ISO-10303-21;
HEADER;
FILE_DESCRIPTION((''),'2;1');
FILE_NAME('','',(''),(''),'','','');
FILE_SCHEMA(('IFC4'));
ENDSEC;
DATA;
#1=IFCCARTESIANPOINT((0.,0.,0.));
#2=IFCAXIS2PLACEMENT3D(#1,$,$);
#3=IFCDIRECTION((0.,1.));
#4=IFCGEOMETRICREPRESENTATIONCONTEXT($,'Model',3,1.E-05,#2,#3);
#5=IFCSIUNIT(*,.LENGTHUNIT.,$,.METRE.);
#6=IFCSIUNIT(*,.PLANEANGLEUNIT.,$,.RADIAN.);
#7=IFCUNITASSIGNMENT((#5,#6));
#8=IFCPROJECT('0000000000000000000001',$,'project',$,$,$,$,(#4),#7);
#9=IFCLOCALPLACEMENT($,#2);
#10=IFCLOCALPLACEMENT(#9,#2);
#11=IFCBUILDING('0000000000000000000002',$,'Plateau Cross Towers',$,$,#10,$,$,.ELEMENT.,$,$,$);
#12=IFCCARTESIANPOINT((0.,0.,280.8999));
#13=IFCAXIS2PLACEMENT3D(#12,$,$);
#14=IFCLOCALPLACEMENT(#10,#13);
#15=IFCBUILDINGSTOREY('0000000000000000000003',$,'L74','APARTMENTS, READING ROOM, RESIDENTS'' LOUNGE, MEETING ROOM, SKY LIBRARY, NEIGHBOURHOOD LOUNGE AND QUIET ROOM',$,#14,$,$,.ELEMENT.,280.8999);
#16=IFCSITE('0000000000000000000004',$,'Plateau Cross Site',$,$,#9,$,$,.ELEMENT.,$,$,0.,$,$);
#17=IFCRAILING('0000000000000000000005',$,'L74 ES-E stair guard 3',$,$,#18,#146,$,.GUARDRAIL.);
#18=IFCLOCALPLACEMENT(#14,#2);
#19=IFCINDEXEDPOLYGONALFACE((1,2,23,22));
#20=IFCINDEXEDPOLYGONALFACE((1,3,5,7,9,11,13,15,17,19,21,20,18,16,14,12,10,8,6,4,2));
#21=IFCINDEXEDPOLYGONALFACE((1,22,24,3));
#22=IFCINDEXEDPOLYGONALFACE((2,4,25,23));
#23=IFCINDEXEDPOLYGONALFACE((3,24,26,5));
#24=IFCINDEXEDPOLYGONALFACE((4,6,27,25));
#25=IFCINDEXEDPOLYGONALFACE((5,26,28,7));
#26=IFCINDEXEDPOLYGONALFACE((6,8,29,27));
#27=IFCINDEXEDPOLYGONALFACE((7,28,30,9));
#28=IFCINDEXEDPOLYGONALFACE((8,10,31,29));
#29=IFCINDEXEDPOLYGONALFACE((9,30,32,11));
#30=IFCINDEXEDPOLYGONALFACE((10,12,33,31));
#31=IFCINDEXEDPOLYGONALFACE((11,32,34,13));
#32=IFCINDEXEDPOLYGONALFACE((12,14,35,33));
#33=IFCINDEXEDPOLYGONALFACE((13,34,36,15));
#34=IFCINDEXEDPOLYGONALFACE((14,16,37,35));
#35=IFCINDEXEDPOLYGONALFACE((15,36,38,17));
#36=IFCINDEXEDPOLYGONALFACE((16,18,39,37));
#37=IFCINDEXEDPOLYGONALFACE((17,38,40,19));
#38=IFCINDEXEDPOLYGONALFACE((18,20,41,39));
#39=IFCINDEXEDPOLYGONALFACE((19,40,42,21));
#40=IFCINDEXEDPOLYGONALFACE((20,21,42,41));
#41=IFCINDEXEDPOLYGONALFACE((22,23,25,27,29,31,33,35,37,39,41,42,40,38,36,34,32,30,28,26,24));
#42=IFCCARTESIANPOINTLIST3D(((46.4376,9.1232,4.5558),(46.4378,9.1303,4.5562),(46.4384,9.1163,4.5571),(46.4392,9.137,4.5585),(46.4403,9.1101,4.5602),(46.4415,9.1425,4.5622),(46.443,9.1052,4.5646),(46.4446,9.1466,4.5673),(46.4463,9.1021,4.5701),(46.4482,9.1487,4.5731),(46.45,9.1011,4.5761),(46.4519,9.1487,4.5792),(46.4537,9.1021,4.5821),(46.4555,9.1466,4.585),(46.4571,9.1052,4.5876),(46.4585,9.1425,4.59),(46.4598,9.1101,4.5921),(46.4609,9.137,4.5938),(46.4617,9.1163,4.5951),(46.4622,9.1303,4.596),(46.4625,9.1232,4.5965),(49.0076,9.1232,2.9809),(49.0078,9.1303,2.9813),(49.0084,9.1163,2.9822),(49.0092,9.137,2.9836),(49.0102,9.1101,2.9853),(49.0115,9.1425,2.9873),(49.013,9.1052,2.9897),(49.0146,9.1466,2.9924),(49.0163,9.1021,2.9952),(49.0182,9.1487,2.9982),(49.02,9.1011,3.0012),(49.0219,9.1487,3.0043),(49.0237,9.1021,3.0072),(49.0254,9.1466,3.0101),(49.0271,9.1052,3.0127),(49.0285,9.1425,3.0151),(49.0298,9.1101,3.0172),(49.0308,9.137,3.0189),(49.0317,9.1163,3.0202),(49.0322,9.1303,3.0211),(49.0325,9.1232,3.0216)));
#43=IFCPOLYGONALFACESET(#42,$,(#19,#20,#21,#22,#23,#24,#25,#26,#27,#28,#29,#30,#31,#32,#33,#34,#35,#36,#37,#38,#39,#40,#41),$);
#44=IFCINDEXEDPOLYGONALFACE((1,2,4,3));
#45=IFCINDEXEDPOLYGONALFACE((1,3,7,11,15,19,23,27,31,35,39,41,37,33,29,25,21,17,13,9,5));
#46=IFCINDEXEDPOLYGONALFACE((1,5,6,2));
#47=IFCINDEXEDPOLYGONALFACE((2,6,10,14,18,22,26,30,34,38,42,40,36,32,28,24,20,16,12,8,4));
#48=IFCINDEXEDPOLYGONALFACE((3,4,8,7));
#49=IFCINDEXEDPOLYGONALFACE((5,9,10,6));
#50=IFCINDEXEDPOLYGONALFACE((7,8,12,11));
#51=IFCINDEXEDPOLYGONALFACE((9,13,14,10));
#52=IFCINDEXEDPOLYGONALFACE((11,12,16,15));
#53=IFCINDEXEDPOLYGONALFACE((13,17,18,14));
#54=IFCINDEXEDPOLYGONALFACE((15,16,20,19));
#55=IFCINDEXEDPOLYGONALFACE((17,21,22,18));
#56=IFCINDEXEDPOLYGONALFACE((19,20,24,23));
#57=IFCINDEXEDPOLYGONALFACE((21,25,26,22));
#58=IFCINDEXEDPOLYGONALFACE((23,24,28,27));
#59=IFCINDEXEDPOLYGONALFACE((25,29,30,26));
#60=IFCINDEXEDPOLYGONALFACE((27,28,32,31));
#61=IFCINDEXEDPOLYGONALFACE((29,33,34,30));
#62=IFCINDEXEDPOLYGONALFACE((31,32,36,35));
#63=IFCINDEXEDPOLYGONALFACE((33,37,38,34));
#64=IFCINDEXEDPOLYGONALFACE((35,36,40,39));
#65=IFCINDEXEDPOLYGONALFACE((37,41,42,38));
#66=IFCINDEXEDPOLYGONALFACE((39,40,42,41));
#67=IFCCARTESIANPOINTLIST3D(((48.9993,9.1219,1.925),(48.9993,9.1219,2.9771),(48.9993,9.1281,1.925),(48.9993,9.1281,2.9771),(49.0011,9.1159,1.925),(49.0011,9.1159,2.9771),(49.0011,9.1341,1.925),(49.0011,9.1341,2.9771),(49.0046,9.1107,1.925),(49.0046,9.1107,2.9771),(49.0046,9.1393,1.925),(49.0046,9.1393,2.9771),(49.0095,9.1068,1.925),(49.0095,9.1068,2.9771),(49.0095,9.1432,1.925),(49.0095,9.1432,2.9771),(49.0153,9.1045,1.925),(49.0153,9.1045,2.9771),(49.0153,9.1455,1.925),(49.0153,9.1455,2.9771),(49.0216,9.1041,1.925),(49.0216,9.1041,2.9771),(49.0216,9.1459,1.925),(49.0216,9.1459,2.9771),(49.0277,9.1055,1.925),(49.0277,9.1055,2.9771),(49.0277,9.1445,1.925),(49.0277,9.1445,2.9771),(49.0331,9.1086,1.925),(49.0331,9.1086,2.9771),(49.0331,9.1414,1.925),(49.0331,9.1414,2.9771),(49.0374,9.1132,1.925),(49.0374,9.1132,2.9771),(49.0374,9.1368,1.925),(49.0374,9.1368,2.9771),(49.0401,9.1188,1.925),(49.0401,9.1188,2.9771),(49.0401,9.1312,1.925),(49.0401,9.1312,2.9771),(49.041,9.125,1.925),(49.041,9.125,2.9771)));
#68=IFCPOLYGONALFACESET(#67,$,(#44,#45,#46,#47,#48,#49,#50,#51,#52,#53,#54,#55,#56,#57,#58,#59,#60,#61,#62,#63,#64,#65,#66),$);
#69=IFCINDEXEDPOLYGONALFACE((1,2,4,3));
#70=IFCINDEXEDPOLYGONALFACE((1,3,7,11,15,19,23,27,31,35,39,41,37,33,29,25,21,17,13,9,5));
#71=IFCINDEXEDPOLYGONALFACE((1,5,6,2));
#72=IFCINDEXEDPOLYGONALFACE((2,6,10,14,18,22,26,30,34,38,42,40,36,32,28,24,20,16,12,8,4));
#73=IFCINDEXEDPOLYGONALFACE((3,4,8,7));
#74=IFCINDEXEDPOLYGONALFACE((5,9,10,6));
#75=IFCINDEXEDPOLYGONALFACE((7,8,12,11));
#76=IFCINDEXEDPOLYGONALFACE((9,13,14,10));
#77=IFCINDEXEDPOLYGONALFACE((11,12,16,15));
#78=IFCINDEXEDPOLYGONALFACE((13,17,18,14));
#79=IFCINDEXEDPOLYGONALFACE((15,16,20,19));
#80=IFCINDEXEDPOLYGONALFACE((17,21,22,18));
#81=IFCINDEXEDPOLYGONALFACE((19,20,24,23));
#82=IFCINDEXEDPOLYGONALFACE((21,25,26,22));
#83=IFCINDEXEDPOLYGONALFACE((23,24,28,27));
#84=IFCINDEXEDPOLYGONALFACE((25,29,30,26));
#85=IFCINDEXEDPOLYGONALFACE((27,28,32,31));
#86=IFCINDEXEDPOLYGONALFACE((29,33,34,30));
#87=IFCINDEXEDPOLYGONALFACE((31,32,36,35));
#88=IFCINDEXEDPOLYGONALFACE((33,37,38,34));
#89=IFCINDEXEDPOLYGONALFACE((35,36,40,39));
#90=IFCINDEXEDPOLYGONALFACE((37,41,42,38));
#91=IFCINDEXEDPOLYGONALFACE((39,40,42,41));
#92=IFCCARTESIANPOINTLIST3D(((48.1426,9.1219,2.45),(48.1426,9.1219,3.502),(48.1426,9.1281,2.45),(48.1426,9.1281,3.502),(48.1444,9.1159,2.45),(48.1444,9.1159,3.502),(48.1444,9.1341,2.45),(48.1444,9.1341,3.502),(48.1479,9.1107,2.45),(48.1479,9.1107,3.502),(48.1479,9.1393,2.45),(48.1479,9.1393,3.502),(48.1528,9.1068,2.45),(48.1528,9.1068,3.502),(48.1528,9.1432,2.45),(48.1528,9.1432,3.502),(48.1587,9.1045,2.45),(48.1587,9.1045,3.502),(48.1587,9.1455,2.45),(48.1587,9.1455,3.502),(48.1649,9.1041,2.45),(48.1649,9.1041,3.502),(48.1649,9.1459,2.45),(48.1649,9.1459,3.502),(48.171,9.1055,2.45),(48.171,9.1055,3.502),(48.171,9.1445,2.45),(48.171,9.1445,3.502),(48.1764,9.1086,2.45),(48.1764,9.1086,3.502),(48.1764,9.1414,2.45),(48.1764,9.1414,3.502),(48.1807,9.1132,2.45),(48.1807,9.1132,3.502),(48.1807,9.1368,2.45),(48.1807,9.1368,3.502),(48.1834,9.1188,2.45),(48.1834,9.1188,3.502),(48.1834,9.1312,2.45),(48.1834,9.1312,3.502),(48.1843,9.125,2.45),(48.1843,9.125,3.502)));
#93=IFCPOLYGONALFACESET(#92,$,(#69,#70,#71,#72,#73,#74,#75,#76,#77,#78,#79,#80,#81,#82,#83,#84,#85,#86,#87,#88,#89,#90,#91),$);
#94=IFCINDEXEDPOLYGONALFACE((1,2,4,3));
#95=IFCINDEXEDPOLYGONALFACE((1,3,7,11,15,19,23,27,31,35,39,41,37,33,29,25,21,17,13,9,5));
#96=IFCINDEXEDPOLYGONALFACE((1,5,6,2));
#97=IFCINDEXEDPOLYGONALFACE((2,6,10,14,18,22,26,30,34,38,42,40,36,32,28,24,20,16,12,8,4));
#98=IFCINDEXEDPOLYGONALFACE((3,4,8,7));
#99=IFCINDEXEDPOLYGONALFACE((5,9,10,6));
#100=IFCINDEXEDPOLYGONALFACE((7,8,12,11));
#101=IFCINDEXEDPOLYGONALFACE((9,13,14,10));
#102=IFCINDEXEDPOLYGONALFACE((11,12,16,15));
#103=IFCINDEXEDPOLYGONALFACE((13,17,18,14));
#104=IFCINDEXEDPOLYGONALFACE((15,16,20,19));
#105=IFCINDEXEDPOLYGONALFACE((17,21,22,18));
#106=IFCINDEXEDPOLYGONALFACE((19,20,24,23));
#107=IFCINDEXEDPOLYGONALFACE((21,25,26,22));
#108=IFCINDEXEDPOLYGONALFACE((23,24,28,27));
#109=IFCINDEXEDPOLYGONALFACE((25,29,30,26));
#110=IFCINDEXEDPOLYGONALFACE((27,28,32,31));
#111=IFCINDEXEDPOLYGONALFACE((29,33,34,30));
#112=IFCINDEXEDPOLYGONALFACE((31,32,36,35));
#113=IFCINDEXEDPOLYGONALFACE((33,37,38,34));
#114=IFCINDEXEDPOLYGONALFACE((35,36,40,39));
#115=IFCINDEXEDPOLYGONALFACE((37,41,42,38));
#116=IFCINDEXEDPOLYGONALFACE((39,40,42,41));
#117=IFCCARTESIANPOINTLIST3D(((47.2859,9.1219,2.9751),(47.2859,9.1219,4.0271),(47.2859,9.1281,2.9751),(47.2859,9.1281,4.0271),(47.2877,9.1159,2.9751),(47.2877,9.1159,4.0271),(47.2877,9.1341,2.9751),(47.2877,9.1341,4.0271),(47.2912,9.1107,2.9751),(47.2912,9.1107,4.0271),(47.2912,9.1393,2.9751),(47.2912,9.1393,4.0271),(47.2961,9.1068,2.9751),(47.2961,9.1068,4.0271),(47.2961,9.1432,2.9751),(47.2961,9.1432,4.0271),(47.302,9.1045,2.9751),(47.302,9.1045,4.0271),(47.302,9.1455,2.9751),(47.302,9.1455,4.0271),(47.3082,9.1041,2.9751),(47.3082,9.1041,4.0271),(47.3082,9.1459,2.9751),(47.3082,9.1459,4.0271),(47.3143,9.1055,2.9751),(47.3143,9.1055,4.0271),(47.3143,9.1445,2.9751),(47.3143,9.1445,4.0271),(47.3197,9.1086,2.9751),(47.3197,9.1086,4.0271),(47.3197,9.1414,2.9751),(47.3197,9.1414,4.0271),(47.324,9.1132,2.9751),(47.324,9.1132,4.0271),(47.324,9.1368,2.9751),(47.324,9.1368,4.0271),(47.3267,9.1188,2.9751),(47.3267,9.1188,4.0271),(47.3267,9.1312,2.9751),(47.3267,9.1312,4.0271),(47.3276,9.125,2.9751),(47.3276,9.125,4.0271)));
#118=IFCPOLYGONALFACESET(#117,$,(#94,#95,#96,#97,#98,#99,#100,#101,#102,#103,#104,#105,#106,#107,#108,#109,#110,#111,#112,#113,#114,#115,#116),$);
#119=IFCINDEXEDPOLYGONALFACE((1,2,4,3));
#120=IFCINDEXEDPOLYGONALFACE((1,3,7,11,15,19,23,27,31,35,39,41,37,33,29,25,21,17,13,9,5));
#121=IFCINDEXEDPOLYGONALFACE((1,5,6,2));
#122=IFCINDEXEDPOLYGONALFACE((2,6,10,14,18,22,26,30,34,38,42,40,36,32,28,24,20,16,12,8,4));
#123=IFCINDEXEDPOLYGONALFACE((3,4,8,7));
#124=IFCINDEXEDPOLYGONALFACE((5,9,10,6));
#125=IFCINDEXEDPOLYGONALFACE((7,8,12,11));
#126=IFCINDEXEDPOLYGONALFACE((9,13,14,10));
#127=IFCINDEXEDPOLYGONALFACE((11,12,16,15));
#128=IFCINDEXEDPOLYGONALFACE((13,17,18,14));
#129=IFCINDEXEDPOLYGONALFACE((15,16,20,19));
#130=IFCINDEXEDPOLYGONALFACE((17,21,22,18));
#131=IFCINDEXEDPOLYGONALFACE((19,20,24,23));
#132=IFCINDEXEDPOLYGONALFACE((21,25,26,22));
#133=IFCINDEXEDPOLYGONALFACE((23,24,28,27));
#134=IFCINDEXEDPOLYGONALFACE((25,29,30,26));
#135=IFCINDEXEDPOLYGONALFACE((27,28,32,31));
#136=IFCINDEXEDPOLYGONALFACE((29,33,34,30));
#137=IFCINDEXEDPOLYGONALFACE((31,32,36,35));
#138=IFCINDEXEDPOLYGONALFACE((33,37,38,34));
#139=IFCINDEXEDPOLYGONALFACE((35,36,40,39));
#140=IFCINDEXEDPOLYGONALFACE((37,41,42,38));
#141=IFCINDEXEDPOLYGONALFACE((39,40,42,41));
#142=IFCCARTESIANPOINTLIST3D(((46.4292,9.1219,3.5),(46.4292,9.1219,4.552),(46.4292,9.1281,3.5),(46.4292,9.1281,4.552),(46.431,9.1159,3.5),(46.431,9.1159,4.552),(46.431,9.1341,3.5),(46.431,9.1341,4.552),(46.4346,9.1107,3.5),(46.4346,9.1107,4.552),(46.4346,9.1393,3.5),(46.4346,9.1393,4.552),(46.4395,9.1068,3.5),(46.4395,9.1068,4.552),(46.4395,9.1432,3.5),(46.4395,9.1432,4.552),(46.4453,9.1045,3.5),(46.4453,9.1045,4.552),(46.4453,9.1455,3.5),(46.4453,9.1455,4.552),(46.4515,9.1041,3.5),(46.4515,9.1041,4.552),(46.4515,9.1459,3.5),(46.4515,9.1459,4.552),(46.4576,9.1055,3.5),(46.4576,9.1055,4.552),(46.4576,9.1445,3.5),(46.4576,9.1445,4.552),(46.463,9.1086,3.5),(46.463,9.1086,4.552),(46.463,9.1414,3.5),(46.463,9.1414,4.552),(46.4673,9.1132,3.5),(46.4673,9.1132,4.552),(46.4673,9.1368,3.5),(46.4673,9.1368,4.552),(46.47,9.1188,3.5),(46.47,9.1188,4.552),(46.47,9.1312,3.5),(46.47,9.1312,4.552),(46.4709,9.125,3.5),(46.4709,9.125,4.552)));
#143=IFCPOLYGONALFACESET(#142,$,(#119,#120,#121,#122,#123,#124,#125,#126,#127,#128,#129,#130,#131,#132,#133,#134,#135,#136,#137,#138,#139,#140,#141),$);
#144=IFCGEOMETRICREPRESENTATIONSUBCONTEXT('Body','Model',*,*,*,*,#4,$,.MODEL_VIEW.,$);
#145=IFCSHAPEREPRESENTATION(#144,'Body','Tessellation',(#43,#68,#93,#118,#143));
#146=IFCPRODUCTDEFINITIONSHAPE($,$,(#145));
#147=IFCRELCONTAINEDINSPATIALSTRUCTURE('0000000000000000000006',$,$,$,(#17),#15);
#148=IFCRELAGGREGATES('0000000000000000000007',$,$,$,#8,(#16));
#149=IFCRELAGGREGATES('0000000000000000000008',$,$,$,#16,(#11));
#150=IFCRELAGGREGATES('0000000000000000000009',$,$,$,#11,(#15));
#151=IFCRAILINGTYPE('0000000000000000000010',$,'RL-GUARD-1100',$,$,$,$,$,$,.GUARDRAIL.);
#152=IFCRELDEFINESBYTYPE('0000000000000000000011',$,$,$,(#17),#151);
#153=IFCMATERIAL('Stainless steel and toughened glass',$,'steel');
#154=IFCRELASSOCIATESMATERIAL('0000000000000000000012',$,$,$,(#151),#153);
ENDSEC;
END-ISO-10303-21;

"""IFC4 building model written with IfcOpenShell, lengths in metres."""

from ifc_helpers import new_model, si_unit, direction, frame, origin, origin_2d, place, context, subcontext, project, spatial, circle, extrude, material, type_object, element, save


model = new_model("IFC4")

# Units and contexts
model_context = context("Model", 3, precision=1e-05, world=origin(), true_north=direction((0.0, 1.0)))
body_context = subcontext(model_context, "Body", "Model", "MODEL_VIEW")
ifc_project = project(units=[si_unit("LENGTHUNIT", "METRE"), si_unit("PLANEANGLEUNIT", "RADIAN")], contexts=[model_context])

# Site, building, storey
site_placement = place(None, origin())
site = spatial("IfcSite", under=ifc_project, at=site_placement, Name="Plateau Cross Site", CompositionType="ELEMENT", RefElevation=0.0)
building_placement = place(site_placement, origin())
building = spatial("IfcBuilding", under=site, at=building_placement, Name="Plateau Cross Towers", CompositionType="ELEMENT")
storey_placement = place(building_placement, frame((0.0, 0.0, 280.8999)))
storey = spatial("IfcBuildingStorey", under=building, at=storey_placement, Name="L74", Description="APARTMENTS, READING ROOM, RESIDENTS' LOUNGE, MEETING ROOM, SKY LIBRARY, NEIGHBOURHOOD LOUNGE AND QUIET ROOM", CompositionType="ELEMENT", Elevation=280.8999)

# Railing
ifc_material_1 = material(Name="Stainless steel and toughened glass", Category="steel")
railing_type_1 = type_object("IfcRailingType", Name="RL-GUARD-1100", PredefinedType="GUARDRAIL", material=ifc_material_1)
railing_1_placement = place(storey_placement, frame((49.02, 9.125, 1.925)))
element("IfcRailing", 1, at=railing_1_placement, inside=storey, type_object=railing_type_1, Name="L74 ES-E stair guard 3", PredefinedType="GUARDRAIL", context=body_context, shape_type="SweptSolid", body=[
    extrude(circle(Radius=0.0239, at=origin_2d()), frame((0.0, 0.0, 1.0762), z_axis=(-0.852639, 0.0, 0.522501), x_axis=(0.0, -1.0, 0.0)), (0.0, 0.0, 1.0), 3.0142),
    extrude(circle(Radius=0.021, at=origin_2d()), origin(), (0.0, 0.0, 1.0), 1.052),
    extrude(circle(Radius=0.021, at=origin_2d()), frame((-0.8567, 0.0, 0.5249)), (0.0, 0.0, 1.0), 1.052),
    extrude(circle(Radius=0.021, at=origin_2d()), frame((-1.7134, 0.0, 1.05)), (0.0, 0.0, 1.0), 1.052),
    extrude(circle(Radius=0.021, at=origin_2d()), frame((-2.5701, 0.0, 1.575)), (0.0, 0.0, 1.0), 1.052),
])

save(model, "model.ifc")
